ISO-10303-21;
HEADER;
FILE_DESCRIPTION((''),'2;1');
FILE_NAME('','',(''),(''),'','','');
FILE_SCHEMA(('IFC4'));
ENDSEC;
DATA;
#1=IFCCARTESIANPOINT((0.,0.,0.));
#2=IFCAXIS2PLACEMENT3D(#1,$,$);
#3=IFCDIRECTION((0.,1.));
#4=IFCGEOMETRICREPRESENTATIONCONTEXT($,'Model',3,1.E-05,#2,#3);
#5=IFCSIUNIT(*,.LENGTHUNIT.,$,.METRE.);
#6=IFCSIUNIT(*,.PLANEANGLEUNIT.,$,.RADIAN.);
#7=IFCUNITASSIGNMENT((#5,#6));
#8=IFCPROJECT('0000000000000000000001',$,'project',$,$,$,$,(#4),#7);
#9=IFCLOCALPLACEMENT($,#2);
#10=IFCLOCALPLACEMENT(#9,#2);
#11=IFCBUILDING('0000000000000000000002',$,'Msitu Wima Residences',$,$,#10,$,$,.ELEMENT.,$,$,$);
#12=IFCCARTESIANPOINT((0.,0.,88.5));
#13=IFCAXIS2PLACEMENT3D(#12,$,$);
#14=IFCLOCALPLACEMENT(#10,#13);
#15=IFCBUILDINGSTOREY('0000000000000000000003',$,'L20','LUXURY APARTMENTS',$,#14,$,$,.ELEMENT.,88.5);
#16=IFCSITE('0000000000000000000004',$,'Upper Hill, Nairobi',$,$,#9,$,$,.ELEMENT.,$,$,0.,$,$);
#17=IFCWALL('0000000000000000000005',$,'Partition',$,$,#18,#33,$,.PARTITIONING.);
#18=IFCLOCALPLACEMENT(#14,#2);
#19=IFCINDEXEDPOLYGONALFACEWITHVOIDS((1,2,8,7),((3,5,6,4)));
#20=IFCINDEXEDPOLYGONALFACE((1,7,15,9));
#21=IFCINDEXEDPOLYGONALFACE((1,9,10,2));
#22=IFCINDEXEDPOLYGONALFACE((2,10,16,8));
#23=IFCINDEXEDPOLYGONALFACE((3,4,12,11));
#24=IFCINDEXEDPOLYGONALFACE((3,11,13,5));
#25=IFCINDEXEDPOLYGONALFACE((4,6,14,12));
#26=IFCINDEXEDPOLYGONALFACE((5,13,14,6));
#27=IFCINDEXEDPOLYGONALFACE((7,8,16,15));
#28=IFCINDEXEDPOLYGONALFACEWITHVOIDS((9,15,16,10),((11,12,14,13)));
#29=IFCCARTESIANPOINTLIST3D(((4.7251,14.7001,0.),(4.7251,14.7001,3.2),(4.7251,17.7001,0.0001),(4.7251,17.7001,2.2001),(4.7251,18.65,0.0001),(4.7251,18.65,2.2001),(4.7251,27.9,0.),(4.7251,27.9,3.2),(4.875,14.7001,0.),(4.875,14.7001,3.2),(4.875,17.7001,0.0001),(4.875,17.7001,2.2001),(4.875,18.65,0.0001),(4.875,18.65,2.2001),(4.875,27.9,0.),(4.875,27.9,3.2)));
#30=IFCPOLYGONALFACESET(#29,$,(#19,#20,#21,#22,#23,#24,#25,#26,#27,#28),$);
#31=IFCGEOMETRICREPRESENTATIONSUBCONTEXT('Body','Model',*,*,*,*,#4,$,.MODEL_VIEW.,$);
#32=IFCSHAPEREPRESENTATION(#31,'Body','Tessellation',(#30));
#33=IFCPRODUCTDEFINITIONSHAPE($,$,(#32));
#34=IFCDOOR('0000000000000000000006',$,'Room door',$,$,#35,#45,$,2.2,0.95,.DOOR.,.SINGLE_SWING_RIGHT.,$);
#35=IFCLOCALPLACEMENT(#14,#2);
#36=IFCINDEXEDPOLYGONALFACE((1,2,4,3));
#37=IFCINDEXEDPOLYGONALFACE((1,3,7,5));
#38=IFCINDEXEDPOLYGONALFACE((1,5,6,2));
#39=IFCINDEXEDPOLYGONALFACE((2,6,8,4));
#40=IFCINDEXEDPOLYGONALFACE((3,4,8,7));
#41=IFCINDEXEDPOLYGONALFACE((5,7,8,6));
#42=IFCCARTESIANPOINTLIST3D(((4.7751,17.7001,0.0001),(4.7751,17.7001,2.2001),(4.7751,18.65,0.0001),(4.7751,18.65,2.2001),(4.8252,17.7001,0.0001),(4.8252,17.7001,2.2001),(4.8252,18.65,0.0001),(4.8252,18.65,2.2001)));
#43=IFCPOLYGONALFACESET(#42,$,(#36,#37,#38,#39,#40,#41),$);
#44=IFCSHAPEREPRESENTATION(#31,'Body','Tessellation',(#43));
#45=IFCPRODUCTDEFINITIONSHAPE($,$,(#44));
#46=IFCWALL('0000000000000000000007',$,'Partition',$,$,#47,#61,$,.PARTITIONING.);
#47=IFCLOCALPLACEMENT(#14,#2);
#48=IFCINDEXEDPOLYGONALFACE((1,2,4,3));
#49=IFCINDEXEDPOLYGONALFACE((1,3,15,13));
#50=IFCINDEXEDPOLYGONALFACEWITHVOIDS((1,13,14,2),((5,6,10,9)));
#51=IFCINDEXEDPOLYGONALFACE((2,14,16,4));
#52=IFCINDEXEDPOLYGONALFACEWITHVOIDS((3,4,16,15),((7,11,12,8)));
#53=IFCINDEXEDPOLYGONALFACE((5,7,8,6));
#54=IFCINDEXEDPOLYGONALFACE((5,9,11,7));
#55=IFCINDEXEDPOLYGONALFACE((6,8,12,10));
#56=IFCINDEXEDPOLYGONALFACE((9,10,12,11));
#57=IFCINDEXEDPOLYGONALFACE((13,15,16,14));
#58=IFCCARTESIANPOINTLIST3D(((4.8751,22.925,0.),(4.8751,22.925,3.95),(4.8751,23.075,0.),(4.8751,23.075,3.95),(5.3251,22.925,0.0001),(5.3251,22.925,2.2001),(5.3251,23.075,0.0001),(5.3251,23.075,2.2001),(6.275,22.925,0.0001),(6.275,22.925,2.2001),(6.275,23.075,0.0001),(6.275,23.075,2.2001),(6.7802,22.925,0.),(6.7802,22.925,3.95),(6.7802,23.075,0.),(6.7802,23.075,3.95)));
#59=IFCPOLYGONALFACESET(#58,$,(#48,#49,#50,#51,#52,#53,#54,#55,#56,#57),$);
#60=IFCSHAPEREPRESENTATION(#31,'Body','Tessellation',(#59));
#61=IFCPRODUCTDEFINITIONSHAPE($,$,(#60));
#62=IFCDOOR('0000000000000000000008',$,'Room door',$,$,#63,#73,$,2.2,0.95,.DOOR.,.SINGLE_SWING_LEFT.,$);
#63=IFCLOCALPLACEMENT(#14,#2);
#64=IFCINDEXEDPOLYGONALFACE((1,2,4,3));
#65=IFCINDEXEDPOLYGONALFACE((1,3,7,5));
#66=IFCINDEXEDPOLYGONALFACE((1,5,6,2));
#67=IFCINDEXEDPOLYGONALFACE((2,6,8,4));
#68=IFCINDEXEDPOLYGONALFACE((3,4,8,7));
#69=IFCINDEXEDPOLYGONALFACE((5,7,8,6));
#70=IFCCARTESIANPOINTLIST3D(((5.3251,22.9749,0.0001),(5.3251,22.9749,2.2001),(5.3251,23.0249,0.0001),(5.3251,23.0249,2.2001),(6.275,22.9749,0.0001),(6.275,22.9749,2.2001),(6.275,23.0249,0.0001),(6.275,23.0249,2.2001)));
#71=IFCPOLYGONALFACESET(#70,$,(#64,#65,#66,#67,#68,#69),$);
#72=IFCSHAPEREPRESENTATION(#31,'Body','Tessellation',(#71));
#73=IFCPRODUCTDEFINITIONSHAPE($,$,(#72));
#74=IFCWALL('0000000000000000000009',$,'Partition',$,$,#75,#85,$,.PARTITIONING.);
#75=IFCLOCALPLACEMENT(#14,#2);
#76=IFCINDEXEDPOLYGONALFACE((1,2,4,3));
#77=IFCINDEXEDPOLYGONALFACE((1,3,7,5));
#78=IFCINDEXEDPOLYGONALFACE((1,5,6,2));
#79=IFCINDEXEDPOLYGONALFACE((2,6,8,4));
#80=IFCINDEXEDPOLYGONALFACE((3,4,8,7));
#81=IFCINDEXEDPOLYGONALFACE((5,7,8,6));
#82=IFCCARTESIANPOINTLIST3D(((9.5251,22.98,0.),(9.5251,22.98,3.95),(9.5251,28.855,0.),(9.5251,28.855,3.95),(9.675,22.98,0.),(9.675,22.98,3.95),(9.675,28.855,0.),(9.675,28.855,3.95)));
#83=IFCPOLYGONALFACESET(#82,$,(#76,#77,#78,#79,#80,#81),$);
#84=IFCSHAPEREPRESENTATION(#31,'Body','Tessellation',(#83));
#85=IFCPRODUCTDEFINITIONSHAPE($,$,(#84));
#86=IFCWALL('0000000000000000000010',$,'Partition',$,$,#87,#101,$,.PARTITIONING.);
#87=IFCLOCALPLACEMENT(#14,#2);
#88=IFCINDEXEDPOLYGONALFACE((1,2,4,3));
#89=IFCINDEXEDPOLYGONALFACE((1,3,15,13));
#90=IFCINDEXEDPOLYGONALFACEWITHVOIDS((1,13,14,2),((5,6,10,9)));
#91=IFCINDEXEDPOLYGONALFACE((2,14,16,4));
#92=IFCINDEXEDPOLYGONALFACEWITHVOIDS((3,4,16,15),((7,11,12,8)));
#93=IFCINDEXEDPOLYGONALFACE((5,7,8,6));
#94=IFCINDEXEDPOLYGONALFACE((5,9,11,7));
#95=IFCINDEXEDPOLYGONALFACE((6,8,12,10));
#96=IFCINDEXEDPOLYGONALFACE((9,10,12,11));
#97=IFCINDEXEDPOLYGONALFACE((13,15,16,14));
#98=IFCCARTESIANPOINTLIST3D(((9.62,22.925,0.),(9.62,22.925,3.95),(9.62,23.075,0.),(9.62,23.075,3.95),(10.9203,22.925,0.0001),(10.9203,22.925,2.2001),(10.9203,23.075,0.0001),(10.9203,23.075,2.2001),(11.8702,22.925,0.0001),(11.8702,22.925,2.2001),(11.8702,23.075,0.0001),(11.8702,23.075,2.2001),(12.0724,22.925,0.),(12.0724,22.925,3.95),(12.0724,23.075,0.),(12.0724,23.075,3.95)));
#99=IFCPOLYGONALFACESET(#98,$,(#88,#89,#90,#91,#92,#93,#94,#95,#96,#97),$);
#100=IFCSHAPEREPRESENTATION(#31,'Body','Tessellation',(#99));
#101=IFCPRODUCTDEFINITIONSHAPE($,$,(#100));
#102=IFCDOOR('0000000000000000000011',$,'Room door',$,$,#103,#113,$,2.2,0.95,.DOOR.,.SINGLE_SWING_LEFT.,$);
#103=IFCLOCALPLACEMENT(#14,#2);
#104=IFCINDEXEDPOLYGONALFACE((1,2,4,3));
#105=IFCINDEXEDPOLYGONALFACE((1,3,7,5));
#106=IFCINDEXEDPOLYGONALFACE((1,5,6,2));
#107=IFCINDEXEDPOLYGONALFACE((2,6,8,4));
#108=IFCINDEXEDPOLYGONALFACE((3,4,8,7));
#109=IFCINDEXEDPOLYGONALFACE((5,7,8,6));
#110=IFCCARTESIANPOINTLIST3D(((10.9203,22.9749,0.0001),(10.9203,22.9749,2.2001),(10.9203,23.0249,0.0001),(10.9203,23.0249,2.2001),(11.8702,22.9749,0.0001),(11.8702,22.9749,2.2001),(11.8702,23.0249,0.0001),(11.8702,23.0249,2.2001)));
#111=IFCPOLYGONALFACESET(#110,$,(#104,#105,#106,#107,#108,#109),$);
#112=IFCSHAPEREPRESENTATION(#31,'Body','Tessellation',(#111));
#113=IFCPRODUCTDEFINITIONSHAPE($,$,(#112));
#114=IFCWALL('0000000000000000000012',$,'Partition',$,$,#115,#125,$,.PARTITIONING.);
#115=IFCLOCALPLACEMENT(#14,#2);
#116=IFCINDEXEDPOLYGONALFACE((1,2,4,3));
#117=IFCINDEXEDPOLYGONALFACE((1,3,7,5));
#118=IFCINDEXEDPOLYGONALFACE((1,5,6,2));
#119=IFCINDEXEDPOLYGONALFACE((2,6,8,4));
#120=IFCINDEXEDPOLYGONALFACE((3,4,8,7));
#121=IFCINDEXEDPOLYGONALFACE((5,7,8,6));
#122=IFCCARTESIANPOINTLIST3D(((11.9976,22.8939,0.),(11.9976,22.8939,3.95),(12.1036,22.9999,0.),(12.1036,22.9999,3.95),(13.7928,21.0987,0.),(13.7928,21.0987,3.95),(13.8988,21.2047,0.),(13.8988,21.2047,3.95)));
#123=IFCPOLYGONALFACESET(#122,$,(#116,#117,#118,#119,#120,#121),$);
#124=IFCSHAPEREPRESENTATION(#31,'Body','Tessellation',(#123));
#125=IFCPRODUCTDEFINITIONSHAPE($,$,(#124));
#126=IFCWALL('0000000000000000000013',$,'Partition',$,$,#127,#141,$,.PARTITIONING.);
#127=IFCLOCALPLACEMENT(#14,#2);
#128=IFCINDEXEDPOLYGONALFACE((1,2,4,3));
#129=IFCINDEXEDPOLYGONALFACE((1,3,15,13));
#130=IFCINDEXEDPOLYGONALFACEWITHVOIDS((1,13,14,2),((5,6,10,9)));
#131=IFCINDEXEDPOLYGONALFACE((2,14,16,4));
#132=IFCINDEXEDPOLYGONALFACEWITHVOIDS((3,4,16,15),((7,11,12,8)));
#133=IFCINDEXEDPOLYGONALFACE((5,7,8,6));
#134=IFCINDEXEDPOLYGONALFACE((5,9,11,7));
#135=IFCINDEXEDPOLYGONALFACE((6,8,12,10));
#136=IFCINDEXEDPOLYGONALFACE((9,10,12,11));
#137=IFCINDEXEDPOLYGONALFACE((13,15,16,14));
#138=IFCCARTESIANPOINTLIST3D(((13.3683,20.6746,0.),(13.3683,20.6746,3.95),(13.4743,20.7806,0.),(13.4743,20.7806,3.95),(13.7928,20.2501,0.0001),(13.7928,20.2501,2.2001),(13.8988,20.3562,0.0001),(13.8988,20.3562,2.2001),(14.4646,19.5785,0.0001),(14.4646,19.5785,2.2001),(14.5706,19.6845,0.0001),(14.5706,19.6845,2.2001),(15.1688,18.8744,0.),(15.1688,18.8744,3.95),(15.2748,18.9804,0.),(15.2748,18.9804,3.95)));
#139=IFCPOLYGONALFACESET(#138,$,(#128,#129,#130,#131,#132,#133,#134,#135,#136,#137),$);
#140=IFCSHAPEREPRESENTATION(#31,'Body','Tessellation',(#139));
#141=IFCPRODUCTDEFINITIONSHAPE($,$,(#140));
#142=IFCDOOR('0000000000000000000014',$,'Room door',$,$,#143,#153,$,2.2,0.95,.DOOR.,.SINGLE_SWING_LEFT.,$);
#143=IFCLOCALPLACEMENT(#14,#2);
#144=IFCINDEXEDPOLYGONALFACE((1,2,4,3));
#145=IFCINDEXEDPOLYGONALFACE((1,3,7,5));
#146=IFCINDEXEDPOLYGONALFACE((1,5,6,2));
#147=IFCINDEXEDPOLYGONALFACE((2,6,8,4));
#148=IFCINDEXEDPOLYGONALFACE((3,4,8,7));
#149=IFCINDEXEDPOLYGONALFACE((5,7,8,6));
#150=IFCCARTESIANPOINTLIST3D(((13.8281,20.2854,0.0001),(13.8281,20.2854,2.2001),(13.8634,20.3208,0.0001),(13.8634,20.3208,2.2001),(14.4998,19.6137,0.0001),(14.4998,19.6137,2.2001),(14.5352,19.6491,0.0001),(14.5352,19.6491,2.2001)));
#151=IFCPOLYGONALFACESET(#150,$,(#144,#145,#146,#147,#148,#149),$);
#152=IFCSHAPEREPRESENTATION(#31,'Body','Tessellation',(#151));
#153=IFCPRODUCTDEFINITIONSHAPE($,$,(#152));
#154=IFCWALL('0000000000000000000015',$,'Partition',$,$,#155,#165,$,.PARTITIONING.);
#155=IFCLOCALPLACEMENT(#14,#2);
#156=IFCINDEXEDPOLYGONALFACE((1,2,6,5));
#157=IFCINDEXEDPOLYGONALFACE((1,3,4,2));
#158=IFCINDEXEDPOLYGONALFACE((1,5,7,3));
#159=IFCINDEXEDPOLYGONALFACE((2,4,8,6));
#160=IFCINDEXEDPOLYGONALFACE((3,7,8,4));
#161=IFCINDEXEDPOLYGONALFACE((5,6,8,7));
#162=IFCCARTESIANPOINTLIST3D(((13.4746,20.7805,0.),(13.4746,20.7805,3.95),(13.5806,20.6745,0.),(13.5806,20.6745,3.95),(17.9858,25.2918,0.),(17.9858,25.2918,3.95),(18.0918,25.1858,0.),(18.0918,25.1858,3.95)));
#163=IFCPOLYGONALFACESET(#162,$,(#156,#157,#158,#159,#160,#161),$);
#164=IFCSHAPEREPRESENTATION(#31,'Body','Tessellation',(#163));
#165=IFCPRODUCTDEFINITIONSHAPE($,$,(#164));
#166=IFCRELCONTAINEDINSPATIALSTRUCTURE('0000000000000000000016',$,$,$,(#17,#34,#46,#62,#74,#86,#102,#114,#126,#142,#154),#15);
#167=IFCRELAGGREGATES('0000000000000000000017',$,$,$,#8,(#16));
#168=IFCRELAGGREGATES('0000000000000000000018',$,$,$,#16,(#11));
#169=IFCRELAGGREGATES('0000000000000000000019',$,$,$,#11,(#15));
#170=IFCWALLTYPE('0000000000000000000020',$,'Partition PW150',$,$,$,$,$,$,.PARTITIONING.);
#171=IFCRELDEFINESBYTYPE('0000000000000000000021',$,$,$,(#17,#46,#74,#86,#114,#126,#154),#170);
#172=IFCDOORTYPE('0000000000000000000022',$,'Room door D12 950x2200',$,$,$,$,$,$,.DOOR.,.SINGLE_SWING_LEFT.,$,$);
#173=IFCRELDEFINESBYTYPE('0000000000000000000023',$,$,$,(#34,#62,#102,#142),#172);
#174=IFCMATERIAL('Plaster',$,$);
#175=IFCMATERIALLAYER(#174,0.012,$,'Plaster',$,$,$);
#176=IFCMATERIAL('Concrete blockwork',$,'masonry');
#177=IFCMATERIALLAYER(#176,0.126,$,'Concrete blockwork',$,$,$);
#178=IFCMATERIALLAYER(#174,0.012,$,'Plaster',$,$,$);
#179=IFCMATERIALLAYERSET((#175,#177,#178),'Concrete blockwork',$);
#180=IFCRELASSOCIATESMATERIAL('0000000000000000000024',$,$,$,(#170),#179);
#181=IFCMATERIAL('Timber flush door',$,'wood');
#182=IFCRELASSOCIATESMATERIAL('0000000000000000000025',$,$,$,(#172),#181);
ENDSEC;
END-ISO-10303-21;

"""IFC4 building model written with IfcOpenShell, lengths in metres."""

from ifc_helpers import new_model, si_unit, direction, frame, frame_2d, origin, place, context, subcontext, project, spatial, rectangle, extrude, material, layer, layer_set, type_object, element, fill, save


model = new_model("IFC4")

# Units and contexts
model_context = context("Model", 3, precision=1e-05, world=origin(), true_north=direction((0.0, 1.0)))
body_context = subcontext(model_context, "Body", "Model", "MODEL_VIEW")
ifc_project = project(units=[si_unit("LENGTHUNIT", "METRE"), si_unit("PLANEANGLEUNIT", "RADIAN")], contexts=[model_context])

# Site, building, storey
site_placement = place(None, origin())
site = spatial("IfcSite", under=ifc_project, at=site_placement, Name="Upper Hill, Nairobi", CompositionType="ELEMENT", RefElevation=0.0)
building_placement = place(site_placement, origin())
building = spatial("IfcBuilding", under=site, at=building_placement, Name="Msitu Wima Residences", CompositionType="ELEMENT")
storey_placement = place(building_placement, frame((0.0, 0.0, 88.5)))
storey = spatial("IfcBuildingStorey", under=building, at=storey_placement, Name="L20", Description="LUXURY APARTMENTS", CompositionType="ELEMENT", Elevation=88.5)

# Walls, openings, doors
ifc_material_1 = material(Name="Plaster")
ifc_layer_1 = layer(ifc_material_1, 0.012, Name="Plaster")
ifc_material_2 = material(Name="Concrete blockwork", Category="masonry")
ifc_layer_2 = layer(ifc_material_2, 0.126, Name="Concrete blockwork")
ifc_layer_3 = layer(ifc_material_1, 0.012, Name="Plaster")
ifc_layer_set_1 = layer_set([ifc_layer_1, ifc_layer_2, ifc_layer_3], Name="Concrete blockwork")
wall_type_1 = type_object("IfcWallType", Name="Partition PW150", PredefinedType="PARTITIONING", material=ifc_layer_set_1)
wall_1_placement = place(storey_placement, frame((4.8, 14.7, 0.0), z_axis=(0.0, 0.0, 1.0), x_axis=(0.0, 1.0, 0.0)))
wall_1 = element("IfcWall", 1, at=wall_1_placement, inside=storey, type_object=wall_type_1, Name="Partition", PredefinedType="PARTITIONING", context=body_context, shape_type="SweptSolid", body=[
    extrude(rectangle(XDim=13.2, YDim=0.1499, at=frame_2d((6.6001, 0.0))), origin(), (0.0, 0.0, 1.0), 3.2),
])
opening_1_placement = place(wall_1_placement, frame((3.0, 0.0, 0.0)))
opening_1 = element("IfcOpeningElement", 2, at=opening_1_placement, cuts=wall_1, PredefinedType="OPENING", context=body_context, shape_type="SweptSolid", body=[
    extrude(rectangle(XDim=0.95, YDim=2.2, at=frame_2d((0.4751, 1.1001))), frame((0.0, 0.085, 0.0), z_axis=(0.0, -1.0, 0.0), x_axis=(1.0, 0.0, 0.0)), (0.0, 0.0, 1.0), 0.1699),
])
ifc_material_3 = material(Name="Timber flush door", Category="wood")
door_type_1 = type_object("IfcDoorType", Name="Room door D12 950x2200", OperationType="SINGLE_SWING_LEFT", PredefinedType="DOOR", material=ifc_material_3)
door_1_placement = place(opening_1_placement, origin())
door_1 = element("IfcDoor", 3, at=door_1_placement, inside=storey, type_object=door_type_1, Name="Room door", OperationType="SINGLE_SWING_RIGHT", OverallHeight=2.2, OverallWidth=0.95, PredefinedType="DOOR", context=body_context, shape_type="SweptSolid", body=[
    extrude(rectangle(XDim=0.95, YDim=2.2, at=frame_2d((0.4751, 1.1001))), frame((0.0, 0.0249, 0.0), z_axis=(0.0, -1.0, 0.0), x_axis=(1.0, 0.0, 0.0)), (0.0, 0.0, 1.0), 0.05),
])
fill(opening_1, door_1)
wall_2_placement = place(storey_placement, frame((4.875, 23.0, 0.0), z_axis=(0.0, 0.0, 1.0), x_axis=(1.0, 0.0, 0.0)))
wall_2 = element("IfcWall", 4, at=wall_2_placement, inside=storey, type_object=wall_type_1, Name="Partition", PredefinedType="PARTITIONING", context=body_context, shape_type="SweptSolid", body=[
    extrude(rectangle(XDim=1.905, YDim=0.1499, at=frame_2d((0.9526, 0.0))), origin(), (0.0, 0.0, 1.0), 3.95),
])
opening_2_placement = place(wall_2_placement, frame((0.45, 0.0, 0.0)))
opening_2 = element("IfcOpeningElement", 5, at=opening_2_placement, cuts=wall_2, PredefinedType="OPENING", context=body_context, shape_type="SweptSolid", body=[
    extrude(rectangle(XDim=0.95, YDim=2.2, at=frame_2d((0.4751, 1.1001))), frame((0.0, 0.085, 0.0), z_axis=(0.0, -1.0, 0.0), x_axis=(1.0, 0.0, 0.0)), (0.0, 0.0, 1.0), 0.1699),
])
door_2_placement = place(opening_2_placement, origin())
door_2 = element("IfcDoor", 6, at=door_2_placement, inside=storey, type_object=door_type_1, Name="Room door", OperationType="SINGLE_SWING_LEFT", OverallHeight=2.2, OverallWidth=0.95, PredefinedType="DOOR", context=body_context, shape_type="SweptSolid", body=[
    extrude(rectangle(XDim=0.95, YDim=2.2, at=frame_2d((0.4751, 1.1001))), frame((0.0, 0.0249, 0.0), z_axis=(0.0, -1.0, 0.0), x_axis=(1.0, 0.0, 0.0)), (0.0, 0.0, 1.0), 0.05),
])
fill(opening_2, door_2)

# Wall
wall_3_placement = place(storey_placement, frame((9.6001, 22.98, 0.0), z_axis=(0.0, 0.0, 1.0), x_axis=(0.0, 1.0, 0.0)))
element("IfcWall", 7, at=wall_3_placement, inside=storey, type_object=wall_type_1, Name="Partition", PredefinedType="PARTITIONING", context=body_context, shape_type="SweptSolid", body=[
    extrude(rectangle(XDim=5.875, YDim=0.1499, at=frame_2d((2.9375, 0.0))), origin(), (0.0, 0.0, 1.0), 3.95),
])

# Wall, opening, door
wall_4_placement = place(storey_placement, frame((9.6201, 23.0, 0.0), z_axis=(0.0, 0.0, 1.0), x_axis=(1.0, 0.0, 0.0)))
wall_4 = element("IfcWall", 8, at=wall_4_placement, inside=storey, type_object=wall_type_1, Name="Partition", PredefinedType="PARTITIONING", context=body_context, shape_type="SweptSolid", body=[
    extrude(rectangle(XDim=2.4524, YDim=0.1499, at=frame_2d((1.2261, 0.0))), origin(), (0.0, 0.0, 1.0), 3.95),
])
opening_3_placement = place(wall_4_placement, frame((1.3, 0.0, 0.0)))
opening_3 = element("IfcOpeningElement", 9, at=opening_3_placement, cuts=wall_4, PredefinedType="OPENING", context=body_context, shape_type="SweptSolid", body=[
    extrude(rectangle(XDim=0.95, YDim=2.2, at=frame_2d((0.4751, 1.1001))), frame((0.0, 0.085, 0.0), z_axis=(0.0, -1.0, 0.0), x_axis=(1.0, 0.0, 0.0)), (0.0, 0.0, 1.0), 0.1699),
])
door_3_placement = place(opening_3_placement, origin())
door_3 = element("IfcDoor", 10, at=door_3_placement, inside=storey, type_object=door_type_1, Name="Room door", OperationType="SINGLE_SWING_LEFT", OverallHeight=2.2, OverallWidth=0.95, PredefinedType="DOOR", context=body_context, shape_type="SweptSolid", body=[
    extrude(rectangle(XDim=0.95, YDim=2.2, at=frame_2d((0.4751, 1.1001))), frame((0.0, 0.0249, 0.0), z_axis=(0.0, -1.0, 0.0), x_axis=(1.0, 0.0, 0.0)), (0.0, 0.0, 1.0), 0.05),
])
fill(opening_3, door_3)

# Wall
wall_5_placement = place(storey_placement, frame((12.0505, 22.947, 0.0), z_axis=(0.0, 0.0, 1.0), x_axis=(0.707107, -0.707107, 0.0)))
element("IfcWall", 11, at=wall_5_placement, inside=storey, type_object=wall_type_1, Name="Partition", PredefinedType="PARTITIONING", context=body_context, shape_type="SweptSolid", body=[
    extrude(rectangle(XDim=2.5388, YDim=0.1499, at=frame_2d((1.2695, 0.0))), origin(), (0.0, 0.0, 1.0), 3.95),
])

# Wall, opening, door
wall_6_placement = place(storey_placement, frame((13.4214, 20.7275, 0.0), z_axis=(0.0, 0.0, 1.0), x_axis=(0.707155, -0.707059, 0.0)))
wall_6 = element("IfcWall", 12, at=wall_6_placement, inside=storey, type_object=wall_type_1, Name="Partition", PredefinedType="PARTITIONING", context=body_context, shape_type="SweptSolid", body=[
    extrude(rectangle(XDim=2.5461, YDim=0.1499, at=frame_2d((1.2729, 0.0))), origin(), (0.0, 0.0, 1.0), 3.95),
])
opening_4_placement = place(wall_6_placement, frame((0.6001, 0.0, 0.0)))
opening_4 = element("IfcOpeningElement", 13, at=opening_4_placement, cuts=wall_6, PredefinedType="OPENING", context=body_context, shape_type="SweptSolid", body=[
    extrude(rectangle(XDim=0.95, YDim=2.2, at=frame_2d((0.4751, 1.1001))), frame((0.0, 0.085, 0.0), z_axis=(0.0, -1.0, 0.0), x_axis=(1.0, 0.0, 0.0)), (0.0, 0.0, 1.0), 0.1699),
])
door_4_placement = place(opening_4_placement, origin())
door_4 = element("IfcDoor", 14, at=door_4_placement, inside=storey, type_object=door_type_1, Name="Room door", OperationType="SINGLE_SWING_LEFT", OverallHeight=2.2, OverallWidth=0.95, PredefinedType="DOOR", context=body_context, shape_type="SweptSolid", body=[
    extrude(rectangle(XDim=0.95, YDim=2.2, at=frame_2d((0.4751, 1.1001))), frame((0.0, 0.0249, 0.0), z_axis=(0.0, -1.0, 0.0), x_axis=(1.0, 0.0, 0.0)), (0.0, 0.0, 1.0), 0.05),
])
fill(opening_4, door_4)

# Wall
wall_7_placement = place(storey_placement, frame((13.5276, 20.7275, 0.0), z_axis=(0.0, 0.0, 1.0), x_axis=(0.707107, 0.707107, 0.0)))
element("IfcWall", 15, at=wall_7_placement, inside=storey, type_object=wall_type_1, Name="Partition", PredefinedType="PARTITIONING", context=body_context, shape_type="SweptSolid", body=[
    extrude(rectangle(XDim=6.3799, YDim=0.1499, at=frame_2d((3.1899, 0.0))), origin(), (0.0, 0.0, 1.0), 3.95),
])

save(model, "model.ifc")
